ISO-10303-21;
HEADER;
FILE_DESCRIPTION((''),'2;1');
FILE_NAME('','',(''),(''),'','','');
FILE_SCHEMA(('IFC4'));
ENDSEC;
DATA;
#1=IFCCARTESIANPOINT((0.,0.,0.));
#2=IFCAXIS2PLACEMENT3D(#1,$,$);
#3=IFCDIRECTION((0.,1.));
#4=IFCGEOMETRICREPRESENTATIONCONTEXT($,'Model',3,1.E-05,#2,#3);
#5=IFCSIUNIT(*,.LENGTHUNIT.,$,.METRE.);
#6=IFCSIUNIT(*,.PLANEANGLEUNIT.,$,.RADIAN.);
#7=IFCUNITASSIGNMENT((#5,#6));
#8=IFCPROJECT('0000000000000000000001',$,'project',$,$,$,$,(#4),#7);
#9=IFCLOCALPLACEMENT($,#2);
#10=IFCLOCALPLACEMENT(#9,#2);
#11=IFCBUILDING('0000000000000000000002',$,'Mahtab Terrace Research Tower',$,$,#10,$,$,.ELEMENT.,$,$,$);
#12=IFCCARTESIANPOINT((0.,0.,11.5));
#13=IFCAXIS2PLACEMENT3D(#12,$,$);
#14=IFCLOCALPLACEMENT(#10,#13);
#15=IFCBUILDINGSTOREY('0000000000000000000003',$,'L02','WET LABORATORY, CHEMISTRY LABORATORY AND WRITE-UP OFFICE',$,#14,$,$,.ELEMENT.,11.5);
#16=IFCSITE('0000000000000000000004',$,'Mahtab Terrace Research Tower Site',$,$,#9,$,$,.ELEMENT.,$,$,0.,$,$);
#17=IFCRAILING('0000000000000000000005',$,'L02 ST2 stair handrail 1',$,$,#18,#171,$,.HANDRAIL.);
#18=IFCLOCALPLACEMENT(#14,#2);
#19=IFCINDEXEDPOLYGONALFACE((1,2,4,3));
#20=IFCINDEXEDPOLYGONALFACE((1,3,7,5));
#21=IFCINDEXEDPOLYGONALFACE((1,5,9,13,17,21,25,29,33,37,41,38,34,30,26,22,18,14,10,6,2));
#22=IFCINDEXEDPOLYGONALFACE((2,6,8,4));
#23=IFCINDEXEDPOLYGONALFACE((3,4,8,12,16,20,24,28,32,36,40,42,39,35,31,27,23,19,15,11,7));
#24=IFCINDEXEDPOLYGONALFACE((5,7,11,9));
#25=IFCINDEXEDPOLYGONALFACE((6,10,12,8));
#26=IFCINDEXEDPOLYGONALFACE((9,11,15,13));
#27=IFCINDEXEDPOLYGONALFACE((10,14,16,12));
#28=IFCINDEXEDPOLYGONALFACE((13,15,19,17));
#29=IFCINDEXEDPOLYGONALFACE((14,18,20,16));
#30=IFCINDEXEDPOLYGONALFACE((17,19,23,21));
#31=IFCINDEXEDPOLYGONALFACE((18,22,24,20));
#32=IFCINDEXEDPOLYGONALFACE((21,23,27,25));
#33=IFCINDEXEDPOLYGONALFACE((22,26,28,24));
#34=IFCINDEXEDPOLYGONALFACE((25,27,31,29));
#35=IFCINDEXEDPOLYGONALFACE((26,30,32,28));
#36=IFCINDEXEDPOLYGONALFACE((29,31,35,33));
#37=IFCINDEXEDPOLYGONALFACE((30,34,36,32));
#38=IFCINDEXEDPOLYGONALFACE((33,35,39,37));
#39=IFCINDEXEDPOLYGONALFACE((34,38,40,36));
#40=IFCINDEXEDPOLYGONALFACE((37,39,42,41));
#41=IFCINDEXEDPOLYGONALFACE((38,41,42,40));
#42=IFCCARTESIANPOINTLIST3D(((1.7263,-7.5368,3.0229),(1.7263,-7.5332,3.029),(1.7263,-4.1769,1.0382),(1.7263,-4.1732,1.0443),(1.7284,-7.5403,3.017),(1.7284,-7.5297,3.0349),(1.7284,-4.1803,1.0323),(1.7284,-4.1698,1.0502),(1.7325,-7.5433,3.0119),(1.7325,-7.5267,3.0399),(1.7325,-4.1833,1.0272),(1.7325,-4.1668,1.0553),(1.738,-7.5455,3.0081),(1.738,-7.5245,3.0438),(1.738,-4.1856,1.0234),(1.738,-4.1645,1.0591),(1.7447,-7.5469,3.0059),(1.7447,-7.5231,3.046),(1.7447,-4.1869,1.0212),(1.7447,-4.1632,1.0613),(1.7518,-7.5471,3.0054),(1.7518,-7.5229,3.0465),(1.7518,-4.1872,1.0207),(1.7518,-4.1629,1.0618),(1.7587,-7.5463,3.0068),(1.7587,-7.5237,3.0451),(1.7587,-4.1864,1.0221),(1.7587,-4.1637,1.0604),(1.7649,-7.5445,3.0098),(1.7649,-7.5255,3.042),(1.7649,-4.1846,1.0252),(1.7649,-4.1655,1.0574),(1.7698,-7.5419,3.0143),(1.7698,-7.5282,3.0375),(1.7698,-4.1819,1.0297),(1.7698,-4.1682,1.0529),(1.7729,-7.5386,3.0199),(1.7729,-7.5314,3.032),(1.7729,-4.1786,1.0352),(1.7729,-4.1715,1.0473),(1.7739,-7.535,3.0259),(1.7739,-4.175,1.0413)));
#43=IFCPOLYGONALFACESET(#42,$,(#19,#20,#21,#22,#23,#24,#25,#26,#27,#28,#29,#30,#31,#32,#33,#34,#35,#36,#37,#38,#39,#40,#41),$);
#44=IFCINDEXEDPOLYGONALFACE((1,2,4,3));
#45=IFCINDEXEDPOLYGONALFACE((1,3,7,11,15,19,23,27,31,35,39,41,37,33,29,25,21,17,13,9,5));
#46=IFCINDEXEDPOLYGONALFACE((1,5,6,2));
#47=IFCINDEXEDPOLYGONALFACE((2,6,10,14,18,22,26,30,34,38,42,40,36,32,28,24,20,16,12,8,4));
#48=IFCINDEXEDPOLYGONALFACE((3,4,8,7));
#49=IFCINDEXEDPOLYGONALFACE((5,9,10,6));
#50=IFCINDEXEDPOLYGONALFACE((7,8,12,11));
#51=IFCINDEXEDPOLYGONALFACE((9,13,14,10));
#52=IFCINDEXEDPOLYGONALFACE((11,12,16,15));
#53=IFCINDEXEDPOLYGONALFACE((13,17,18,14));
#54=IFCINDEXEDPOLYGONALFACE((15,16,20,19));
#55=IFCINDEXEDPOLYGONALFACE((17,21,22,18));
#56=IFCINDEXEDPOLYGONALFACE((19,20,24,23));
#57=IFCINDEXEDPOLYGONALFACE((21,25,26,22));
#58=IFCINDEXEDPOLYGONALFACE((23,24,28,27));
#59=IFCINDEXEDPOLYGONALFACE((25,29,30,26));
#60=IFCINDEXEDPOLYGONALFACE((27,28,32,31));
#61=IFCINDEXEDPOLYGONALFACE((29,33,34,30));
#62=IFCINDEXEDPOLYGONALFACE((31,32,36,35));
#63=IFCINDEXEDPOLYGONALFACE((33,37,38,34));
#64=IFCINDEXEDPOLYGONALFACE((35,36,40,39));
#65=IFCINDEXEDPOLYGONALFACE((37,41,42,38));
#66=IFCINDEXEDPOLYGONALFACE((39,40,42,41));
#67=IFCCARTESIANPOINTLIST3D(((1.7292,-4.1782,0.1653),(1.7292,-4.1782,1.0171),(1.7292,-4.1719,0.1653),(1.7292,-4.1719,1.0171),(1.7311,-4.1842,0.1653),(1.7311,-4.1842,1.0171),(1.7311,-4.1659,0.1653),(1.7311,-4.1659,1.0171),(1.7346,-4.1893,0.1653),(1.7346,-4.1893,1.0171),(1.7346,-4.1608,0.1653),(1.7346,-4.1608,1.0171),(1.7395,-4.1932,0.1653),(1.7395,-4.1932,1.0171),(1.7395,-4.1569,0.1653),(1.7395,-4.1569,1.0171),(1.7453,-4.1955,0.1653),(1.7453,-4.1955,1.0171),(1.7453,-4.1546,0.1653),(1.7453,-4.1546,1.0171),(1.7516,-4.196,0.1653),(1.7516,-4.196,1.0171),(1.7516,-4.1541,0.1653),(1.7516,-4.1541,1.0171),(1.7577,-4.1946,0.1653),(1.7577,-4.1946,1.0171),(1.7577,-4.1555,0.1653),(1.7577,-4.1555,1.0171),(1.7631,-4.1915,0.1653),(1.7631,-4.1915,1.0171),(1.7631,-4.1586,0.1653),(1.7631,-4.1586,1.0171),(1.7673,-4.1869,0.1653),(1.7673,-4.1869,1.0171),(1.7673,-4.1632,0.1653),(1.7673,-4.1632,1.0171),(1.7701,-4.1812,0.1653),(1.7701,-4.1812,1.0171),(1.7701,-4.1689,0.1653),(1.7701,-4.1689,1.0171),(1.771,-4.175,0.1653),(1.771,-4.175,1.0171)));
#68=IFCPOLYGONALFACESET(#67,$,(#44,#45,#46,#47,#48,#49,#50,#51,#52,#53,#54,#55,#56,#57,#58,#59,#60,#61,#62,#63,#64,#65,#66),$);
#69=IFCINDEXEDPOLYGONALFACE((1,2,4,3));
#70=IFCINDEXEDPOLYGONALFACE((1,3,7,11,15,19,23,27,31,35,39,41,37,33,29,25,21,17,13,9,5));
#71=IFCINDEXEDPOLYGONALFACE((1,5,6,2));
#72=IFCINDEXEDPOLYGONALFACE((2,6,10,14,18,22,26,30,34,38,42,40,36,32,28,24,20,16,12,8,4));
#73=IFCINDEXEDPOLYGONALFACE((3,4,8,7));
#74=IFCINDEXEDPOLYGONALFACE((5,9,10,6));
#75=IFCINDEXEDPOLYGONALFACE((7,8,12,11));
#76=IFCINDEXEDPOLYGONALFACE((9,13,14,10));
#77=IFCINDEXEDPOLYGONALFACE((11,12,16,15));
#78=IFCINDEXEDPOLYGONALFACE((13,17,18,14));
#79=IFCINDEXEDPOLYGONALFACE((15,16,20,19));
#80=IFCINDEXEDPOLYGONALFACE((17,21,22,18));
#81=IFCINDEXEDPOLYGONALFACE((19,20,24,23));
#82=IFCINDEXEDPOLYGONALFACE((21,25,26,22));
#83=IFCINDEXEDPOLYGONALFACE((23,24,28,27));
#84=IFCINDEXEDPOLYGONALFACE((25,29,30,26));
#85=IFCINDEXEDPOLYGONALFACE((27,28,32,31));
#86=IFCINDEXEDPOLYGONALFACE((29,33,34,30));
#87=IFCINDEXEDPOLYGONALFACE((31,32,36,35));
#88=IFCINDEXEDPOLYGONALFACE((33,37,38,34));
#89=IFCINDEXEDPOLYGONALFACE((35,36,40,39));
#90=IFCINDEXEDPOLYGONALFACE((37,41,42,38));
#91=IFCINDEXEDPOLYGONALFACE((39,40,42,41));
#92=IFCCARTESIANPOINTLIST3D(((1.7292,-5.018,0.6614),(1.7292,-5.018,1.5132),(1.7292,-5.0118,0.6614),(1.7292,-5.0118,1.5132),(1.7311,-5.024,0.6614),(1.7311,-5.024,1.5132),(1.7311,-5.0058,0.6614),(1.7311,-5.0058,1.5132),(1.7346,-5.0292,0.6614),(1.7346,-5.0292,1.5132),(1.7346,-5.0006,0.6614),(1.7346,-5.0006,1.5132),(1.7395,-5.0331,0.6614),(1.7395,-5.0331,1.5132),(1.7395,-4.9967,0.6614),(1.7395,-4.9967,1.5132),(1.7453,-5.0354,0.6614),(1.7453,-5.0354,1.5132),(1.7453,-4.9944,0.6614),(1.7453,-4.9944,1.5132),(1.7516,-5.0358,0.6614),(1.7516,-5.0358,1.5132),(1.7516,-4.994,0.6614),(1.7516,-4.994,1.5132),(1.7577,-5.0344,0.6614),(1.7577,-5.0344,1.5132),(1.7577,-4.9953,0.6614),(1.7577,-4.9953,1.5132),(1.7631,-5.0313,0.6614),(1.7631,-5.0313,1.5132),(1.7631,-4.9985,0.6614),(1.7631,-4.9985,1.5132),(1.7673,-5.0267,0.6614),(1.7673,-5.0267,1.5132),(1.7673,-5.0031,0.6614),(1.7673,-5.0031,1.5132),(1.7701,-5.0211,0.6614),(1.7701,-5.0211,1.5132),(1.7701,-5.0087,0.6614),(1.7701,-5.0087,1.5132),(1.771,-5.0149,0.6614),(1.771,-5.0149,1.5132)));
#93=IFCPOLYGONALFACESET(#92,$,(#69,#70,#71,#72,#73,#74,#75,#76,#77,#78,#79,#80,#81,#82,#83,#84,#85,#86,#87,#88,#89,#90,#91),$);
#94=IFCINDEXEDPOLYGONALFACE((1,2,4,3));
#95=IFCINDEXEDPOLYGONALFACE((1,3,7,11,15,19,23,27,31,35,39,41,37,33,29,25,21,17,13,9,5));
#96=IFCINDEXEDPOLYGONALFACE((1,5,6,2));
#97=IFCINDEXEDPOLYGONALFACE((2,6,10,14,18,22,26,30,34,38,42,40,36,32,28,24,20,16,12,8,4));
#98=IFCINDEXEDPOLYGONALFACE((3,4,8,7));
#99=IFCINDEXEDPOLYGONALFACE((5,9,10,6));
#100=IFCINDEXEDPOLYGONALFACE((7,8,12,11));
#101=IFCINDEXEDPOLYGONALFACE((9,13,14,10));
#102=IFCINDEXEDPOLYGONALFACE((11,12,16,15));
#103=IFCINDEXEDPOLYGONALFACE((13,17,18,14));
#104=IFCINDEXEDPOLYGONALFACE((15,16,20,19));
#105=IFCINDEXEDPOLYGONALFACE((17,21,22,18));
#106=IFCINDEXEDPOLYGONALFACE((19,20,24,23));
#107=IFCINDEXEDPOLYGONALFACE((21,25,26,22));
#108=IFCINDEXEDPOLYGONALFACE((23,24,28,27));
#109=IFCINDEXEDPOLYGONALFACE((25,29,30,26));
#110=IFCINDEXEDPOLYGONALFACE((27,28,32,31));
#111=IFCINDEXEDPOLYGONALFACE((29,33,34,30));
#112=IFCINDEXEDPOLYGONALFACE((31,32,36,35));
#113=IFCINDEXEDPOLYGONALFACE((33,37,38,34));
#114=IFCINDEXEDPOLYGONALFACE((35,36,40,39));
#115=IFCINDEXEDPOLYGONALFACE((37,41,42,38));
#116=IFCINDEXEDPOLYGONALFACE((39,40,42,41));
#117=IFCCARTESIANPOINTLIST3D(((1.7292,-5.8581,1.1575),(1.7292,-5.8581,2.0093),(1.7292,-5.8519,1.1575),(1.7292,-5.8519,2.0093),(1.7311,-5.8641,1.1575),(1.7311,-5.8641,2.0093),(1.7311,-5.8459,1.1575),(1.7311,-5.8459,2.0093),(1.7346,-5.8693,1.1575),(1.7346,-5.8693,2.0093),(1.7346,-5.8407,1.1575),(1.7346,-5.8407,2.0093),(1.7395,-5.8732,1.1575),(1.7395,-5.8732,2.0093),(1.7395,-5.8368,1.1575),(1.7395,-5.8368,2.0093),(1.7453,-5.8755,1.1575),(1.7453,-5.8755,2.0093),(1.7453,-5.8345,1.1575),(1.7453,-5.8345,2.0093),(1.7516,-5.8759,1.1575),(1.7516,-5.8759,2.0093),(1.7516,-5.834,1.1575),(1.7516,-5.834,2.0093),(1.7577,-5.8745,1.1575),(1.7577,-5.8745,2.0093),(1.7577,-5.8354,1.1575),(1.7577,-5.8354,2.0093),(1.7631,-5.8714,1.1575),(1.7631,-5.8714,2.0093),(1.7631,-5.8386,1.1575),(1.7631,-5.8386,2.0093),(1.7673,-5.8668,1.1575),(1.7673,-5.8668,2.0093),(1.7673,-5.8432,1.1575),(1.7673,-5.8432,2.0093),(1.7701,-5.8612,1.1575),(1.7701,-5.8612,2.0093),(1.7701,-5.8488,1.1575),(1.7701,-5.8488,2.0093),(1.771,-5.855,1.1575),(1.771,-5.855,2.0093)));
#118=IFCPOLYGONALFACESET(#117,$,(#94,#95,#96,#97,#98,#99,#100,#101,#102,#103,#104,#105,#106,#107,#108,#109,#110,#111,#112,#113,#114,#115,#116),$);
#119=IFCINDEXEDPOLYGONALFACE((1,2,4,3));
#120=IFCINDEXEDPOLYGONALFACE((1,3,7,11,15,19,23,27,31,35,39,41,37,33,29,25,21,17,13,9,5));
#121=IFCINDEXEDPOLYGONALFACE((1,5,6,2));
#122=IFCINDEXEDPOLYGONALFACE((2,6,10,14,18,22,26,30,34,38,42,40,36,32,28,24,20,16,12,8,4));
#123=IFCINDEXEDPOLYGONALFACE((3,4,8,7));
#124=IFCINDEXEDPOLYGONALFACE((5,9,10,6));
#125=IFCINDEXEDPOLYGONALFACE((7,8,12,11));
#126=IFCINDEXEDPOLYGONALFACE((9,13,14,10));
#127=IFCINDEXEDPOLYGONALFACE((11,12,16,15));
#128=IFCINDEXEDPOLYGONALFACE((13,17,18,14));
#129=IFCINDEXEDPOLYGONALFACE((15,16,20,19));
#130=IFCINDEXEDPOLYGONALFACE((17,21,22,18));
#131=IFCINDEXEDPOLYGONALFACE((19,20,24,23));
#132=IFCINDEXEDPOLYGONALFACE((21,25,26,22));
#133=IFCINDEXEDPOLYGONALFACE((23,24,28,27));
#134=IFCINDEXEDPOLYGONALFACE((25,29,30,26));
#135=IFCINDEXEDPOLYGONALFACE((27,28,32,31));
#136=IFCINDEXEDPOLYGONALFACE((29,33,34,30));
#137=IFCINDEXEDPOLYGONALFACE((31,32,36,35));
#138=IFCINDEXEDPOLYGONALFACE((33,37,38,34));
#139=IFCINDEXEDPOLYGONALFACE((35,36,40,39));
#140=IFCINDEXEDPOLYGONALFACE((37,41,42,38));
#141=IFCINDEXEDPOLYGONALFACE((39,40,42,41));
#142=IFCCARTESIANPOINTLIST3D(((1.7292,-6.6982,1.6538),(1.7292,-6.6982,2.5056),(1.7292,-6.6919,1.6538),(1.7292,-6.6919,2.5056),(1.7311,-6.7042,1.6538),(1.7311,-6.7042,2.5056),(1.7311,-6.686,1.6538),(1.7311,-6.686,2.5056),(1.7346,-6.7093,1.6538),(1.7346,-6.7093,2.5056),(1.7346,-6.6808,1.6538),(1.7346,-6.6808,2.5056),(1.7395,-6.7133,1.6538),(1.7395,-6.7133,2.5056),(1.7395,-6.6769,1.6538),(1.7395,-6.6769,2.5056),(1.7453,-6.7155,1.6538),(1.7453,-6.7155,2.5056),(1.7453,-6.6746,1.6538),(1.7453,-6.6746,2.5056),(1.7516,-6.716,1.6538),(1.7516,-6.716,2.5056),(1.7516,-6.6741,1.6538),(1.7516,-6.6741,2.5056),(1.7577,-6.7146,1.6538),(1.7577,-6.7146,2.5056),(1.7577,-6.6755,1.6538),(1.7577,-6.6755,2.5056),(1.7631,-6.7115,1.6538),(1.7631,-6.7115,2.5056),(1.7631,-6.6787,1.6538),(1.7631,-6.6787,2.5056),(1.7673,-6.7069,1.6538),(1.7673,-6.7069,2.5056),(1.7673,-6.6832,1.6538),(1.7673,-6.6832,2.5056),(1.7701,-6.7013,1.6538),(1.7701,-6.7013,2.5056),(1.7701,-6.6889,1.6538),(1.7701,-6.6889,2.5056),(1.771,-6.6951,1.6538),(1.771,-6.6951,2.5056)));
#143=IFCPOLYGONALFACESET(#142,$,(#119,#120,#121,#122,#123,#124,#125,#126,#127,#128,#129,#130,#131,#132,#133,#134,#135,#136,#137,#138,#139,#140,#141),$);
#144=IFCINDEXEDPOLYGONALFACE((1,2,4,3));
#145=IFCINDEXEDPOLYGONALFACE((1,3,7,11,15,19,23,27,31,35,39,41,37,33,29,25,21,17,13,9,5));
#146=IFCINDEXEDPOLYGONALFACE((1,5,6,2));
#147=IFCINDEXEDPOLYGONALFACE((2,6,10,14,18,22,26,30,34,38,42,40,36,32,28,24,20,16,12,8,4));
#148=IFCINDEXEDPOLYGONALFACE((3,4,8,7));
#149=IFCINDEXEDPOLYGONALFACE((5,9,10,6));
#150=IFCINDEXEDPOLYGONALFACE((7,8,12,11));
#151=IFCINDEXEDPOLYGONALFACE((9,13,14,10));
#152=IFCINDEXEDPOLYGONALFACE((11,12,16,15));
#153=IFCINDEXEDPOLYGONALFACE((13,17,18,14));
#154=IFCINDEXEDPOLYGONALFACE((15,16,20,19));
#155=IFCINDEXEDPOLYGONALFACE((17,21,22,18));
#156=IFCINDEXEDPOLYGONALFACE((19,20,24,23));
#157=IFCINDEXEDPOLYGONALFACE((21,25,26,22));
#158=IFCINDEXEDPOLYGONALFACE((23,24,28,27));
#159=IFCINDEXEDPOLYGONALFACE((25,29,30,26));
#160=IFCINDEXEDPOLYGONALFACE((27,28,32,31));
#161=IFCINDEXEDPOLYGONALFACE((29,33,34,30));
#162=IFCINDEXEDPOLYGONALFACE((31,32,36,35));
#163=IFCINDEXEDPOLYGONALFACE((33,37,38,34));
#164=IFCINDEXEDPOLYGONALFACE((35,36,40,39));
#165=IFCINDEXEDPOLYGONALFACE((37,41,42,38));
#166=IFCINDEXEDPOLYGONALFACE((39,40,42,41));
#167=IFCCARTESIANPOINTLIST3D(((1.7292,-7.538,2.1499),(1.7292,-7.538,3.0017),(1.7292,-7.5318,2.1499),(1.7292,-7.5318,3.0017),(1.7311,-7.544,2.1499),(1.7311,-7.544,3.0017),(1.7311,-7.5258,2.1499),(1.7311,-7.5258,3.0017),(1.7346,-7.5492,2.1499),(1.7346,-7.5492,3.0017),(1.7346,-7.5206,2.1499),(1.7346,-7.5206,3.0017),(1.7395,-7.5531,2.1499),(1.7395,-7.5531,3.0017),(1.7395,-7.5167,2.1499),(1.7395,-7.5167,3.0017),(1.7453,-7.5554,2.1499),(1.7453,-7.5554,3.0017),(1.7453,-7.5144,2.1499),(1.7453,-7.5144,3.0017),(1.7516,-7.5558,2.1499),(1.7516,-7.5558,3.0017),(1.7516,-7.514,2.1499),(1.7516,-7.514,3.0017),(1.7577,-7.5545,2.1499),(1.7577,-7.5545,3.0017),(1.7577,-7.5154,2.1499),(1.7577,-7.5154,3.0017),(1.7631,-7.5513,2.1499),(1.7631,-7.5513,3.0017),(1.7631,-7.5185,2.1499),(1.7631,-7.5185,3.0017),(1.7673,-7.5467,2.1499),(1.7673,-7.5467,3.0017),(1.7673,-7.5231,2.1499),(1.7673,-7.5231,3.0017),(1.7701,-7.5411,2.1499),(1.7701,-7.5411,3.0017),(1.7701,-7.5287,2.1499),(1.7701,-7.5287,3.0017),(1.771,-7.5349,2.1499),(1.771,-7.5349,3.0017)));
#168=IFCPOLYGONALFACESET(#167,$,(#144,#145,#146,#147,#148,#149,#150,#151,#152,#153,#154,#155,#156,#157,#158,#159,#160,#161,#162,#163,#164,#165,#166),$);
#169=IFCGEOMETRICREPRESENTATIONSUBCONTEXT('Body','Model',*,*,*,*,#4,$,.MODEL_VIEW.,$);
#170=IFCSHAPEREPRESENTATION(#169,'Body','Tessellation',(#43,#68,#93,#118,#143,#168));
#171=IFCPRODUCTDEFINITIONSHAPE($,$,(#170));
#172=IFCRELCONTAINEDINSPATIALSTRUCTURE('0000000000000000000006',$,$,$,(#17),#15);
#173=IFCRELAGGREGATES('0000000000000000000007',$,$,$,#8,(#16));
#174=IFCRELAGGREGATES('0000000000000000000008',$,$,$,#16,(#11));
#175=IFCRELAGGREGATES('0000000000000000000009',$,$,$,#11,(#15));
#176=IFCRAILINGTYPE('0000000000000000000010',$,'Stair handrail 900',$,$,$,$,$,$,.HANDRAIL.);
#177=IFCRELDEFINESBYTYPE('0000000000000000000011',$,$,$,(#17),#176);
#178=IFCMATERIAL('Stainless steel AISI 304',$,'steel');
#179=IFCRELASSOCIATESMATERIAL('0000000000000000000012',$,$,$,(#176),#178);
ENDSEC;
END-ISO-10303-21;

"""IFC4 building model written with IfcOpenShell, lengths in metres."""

from ifc_helpers import new_model, si_unit, direction, frame, origin, origin_2d, place, context, subcontext, project, spatial, circle, extrude, material, type_object, element, save


model = new_model("IFC4")

# Units and contexts
model_context = context("Model", 3, precision=1e-05, world=origin(), true_north=direction((0.0, 1.0)))
body_context = subcontext(model_context, "Body", "Model", "MODEL_VIEW")
ifc_project = project(units=[si_unit("LENGTHUNIT", "METRE"), si_unit("PLANEANGLEUNIT", "RADIAN")], contexts=[model_context])

# Site, building, storey
site_placement = place(None, origin())
site = spatial("IfcSite", under=ifc_project, at=site_placement, Name="Mahtab Terrace Research Tower Site", CompositionType="ELEMENT", RefElevation=0.0)
building_placement = place(site_placement, origin())
building = spatial("IfcBuilding", under=site, at=building_placement, Name="Mahtab Terrace Research Tower", CompositionType="ELEMENT")
storey_placement = place(building_placement, frame((0.0, 0.0, 11.5)))
storey = spatial("IfcBuildingStorey", under=building, at=storey_placement, Name="L02", Description="WET LABORATORY, CHEMISTRY LABORATORY AND WRITE-UP OFFICE", CompositionType="ELEMENT", Elevation=11.5)

# Railing
ifc_material_1 = material(Name="Stainless steel AISI 304", Category="steel")
railing_type_1 = type_object("IfcRailingType", Name="Stair handrail 900", PredefinedType="HANDRAIL", material=ifc_material_1)
railing_1_placement = place(storey_placement, frame((1.75, -4.175, 0.1653)))
element("IfcRailing", 1, at=railing_1_placement, inside=storey, type_object=railing_type_1, Name="L02 ST2 stair handrail 1", PredefinedType="HANDRAIL", context=body_context, shape_type="SweptSolid", body=[
    extrude(circle(Radius=0.0239, at=origin_2d()), frame((0.0, 0.0, 0.876), z_axis=(0.0, -0.861011, 0.508586), x_axis=(1.0, 0.0, 0.0)), (0.0, 0.0, 1.0), 3.9023),
    extrude(circle(Radius=0.021, at=origin_2d()), origin(), (0.0, 0.0, 1.0), 0.8518),
    extrude(circle(Radius=0.021, at=origin_2d()), frame((0.0, -0.8398, 0.4961)), (0.0, 0.0, 1.0), 0.8518),
    extrude(circle(Radius=0.021, at=origin_2d()), frame((0.0, -1.6799, 0.9922)), (0.0, 0.0, 1.0), 0.8518),
    extrude(circle(Radius=0.021, at=origin_2d()), frame((0.0, -2.52, 1.4885)), (0.0, 0.0, 1.0), 0.8518),
    extrude(circle(Radius=0.021, at=origin_2d()), frame((0.0, -3.3599, 1.9846)), (0.0, 0.0, 1.0), 0.8518),
])

save(model, "model.ifc")
